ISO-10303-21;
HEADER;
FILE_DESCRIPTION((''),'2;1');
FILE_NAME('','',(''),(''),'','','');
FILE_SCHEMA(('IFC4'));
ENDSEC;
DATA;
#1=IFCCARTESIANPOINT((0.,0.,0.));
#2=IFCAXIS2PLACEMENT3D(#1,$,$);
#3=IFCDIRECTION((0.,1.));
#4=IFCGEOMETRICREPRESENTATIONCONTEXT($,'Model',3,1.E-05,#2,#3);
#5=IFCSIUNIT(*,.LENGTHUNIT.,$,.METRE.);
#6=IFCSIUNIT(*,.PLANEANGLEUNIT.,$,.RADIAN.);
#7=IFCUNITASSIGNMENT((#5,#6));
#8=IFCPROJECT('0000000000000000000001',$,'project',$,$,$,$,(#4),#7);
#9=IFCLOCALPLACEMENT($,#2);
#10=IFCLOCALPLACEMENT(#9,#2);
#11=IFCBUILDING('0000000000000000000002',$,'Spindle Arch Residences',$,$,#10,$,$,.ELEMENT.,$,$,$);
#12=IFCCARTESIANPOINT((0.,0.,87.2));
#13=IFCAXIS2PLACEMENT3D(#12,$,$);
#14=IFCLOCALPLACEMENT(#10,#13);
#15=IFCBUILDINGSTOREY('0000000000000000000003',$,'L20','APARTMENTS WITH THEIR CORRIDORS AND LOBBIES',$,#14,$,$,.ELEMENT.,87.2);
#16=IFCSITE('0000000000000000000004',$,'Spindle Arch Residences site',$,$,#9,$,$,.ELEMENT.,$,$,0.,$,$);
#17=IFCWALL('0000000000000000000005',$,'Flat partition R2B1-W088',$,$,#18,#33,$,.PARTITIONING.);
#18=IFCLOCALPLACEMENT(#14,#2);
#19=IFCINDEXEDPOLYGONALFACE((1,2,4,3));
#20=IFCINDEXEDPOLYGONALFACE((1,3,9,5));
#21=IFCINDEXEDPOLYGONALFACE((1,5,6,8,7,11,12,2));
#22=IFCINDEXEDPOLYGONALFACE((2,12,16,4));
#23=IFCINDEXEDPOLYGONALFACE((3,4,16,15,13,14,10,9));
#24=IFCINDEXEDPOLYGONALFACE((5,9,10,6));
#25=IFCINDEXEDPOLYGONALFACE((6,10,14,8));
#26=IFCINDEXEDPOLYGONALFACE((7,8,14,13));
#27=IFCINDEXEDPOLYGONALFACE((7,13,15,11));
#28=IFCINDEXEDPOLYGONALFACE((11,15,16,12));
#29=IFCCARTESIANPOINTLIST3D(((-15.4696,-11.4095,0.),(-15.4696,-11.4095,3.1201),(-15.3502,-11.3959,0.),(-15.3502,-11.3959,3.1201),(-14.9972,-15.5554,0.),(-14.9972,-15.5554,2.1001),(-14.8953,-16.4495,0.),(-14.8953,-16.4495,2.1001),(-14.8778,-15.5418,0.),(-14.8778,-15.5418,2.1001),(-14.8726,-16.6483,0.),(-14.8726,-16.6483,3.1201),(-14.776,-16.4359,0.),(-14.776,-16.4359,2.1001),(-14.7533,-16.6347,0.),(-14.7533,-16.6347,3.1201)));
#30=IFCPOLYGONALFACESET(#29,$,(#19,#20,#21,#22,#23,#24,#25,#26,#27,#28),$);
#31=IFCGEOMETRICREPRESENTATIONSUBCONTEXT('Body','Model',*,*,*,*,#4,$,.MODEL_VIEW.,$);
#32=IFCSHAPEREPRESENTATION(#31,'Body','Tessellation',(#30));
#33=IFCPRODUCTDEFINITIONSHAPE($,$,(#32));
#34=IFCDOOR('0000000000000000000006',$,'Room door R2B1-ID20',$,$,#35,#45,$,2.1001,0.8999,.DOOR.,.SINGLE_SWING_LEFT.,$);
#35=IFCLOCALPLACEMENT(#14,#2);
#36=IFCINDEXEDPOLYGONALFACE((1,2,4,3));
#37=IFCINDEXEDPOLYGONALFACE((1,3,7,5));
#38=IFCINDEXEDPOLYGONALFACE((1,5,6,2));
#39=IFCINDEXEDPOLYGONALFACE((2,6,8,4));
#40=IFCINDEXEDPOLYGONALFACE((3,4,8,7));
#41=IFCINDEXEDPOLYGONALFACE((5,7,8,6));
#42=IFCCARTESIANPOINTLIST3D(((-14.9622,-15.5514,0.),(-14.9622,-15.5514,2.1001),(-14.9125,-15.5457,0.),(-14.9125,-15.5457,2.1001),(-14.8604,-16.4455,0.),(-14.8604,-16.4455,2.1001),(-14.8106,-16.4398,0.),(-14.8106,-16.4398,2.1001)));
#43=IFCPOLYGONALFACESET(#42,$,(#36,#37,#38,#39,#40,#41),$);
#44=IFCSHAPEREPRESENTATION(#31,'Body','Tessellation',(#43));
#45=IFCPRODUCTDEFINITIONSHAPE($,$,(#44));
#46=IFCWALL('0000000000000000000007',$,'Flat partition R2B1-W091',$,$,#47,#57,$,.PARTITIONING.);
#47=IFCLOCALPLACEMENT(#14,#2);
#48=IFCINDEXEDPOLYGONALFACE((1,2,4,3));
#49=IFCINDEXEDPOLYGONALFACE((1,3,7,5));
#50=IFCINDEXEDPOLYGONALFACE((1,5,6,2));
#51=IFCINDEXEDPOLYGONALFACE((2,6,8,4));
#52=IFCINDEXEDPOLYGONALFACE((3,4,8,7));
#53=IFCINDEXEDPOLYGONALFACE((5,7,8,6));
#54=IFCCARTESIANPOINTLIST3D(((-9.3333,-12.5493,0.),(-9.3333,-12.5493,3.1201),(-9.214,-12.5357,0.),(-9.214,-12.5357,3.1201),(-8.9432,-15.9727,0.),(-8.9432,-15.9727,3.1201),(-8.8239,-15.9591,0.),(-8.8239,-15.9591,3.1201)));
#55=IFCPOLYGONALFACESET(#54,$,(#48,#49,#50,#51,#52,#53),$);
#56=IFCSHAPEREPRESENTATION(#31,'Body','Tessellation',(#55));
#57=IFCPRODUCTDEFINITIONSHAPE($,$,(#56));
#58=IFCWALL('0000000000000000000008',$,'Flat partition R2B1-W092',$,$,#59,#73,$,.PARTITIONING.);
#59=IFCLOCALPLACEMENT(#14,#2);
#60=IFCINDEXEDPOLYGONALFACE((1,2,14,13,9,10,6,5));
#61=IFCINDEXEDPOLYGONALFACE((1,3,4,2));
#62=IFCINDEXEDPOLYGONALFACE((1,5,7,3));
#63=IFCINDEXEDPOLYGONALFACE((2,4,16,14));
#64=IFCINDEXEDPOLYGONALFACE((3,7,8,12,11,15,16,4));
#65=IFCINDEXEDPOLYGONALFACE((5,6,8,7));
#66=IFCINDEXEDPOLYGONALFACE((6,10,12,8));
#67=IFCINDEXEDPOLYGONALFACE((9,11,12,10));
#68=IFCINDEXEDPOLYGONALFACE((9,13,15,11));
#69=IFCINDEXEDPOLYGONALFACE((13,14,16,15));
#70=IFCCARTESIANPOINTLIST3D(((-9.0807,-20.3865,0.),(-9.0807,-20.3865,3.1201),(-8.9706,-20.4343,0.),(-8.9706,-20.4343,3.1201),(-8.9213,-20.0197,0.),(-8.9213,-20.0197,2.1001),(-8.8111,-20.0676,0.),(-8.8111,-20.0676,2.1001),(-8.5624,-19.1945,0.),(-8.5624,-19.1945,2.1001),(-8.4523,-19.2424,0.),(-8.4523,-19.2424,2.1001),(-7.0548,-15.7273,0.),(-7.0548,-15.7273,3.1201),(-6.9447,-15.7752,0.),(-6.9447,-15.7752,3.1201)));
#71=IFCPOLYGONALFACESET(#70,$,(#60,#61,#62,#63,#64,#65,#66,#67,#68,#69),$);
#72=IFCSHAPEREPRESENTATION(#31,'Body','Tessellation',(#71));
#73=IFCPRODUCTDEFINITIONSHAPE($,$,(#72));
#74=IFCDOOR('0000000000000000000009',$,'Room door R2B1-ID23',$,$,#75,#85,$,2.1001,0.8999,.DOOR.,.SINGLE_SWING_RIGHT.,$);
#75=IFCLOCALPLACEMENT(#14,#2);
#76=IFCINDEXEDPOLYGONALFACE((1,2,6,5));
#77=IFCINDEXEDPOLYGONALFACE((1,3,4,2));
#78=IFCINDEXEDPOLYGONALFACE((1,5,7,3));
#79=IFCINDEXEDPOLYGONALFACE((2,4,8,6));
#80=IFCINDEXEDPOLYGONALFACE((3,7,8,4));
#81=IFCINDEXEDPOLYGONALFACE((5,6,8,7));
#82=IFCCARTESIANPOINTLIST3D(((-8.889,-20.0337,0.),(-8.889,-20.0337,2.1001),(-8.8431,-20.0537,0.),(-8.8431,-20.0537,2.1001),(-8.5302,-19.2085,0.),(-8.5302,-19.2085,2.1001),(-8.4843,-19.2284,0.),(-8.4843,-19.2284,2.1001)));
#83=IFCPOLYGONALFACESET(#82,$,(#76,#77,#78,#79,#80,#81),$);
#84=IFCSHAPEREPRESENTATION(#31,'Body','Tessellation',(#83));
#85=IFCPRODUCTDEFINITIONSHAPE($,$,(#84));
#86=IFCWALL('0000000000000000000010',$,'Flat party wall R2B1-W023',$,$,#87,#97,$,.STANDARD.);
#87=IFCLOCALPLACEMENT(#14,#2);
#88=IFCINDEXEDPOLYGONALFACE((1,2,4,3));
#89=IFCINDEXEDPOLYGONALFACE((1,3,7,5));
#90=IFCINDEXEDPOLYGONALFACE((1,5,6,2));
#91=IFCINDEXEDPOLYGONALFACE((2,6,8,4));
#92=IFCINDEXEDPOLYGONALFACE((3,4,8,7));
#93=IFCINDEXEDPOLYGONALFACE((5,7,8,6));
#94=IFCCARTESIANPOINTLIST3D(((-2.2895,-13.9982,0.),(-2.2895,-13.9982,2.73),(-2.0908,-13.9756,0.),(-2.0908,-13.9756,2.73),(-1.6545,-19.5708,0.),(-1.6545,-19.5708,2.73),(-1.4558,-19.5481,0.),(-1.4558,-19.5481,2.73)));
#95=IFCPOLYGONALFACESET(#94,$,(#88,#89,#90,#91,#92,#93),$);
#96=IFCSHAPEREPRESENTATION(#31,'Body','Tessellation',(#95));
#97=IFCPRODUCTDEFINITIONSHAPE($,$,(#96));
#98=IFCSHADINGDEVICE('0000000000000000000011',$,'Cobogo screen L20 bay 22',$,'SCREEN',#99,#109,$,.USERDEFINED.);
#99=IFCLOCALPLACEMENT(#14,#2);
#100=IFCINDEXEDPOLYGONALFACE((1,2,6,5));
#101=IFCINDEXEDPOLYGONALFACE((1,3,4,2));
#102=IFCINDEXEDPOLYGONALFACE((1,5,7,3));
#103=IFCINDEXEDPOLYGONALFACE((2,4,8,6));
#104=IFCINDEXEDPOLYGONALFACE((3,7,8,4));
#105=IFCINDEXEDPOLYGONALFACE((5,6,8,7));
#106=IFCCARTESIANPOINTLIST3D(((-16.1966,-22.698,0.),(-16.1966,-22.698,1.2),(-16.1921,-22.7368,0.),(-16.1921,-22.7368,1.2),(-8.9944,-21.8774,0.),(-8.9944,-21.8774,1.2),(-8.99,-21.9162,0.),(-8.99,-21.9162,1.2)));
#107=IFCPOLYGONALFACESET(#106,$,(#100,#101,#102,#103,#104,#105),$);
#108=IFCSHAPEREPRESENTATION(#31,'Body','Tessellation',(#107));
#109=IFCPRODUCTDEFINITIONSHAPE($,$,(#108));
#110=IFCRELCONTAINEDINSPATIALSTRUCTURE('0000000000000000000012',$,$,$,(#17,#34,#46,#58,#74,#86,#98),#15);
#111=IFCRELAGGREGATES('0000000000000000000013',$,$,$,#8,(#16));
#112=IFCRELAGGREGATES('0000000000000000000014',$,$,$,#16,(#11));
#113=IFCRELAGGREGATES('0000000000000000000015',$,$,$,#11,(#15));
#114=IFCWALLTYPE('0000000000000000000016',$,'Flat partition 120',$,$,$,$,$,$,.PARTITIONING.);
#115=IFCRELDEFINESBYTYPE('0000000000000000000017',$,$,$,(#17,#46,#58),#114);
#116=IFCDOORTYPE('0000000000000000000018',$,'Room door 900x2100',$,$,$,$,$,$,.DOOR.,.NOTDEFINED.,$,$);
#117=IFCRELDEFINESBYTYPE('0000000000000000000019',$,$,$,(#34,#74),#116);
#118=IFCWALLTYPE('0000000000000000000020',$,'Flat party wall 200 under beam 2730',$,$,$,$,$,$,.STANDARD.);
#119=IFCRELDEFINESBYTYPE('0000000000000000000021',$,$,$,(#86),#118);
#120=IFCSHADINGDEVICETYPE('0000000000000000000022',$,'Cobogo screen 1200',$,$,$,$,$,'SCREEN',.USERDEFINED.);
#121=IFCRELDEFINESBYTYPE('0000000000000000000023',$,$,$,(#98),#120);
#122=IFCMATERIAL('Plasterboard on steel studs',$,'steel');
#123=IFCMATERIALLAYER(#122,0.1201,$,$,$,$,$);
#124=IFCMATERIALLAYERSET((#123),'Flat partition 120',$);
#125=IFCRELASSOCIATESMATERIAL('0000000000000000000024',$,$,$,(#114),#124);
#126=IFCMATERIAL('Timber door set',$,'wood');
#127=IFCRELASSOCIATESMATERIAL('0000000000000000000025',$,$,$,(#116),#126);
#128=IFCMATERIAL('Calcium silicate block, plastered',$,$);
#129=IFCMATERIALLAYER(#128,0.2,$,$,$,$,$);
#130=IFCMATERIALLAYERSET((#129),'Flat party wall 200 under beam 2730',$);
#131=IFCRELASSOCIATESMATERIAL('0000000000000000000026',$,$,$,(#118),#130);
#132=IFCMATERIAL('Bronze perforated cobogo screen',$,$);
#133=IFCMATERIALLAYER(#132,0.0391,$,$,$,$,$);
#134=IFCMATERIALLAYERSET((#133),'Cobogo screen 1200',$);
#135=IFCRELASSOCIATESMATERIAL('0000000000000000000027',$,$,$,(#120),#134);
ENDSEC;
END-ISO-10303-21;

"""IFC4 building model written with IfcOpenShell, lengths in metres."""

from ifc_helpers import new_model, si_unit, direction, frame, frame_2d, origin, origin_2d, place, context, subcontext, project, spatial, rectangle, extrude, material, layer, layer_set, type_object, element, fill, save


model = new_model("IFC4")

# Units and contexts
model_context = context("Model", 3, precision=1e-05, world=origin(), true_north=direction((0.0, 1.0)))
body_context = subcontext(model_context, "Body", "Model", "MODEL_VIEW")
ifc_project = project(units=[si_unit("LENGTHUNIT", "METRE"), si_unit("PLANEANGLEUNIT", "RADIAN")], contexts=[model_context])

# Site, building, storey
site_placement = place(None, origin())
site = spatial("IfcSite", under=ifc_project, at=site_placement, Name="Spindle Arch Residences site", CompositionType="ELEMENT", RefElevation=0.0)
building_placement = place(site_placement, origin())
building = spatial("IfcBuilding", under=site, at=building_placement, Name="Spindle Arch Residences", CompositionType="ELEMENT")
storey_placement = place(building_placement, frame((0.0, 0.0, 87.2)))
storey = spatial("IfcBuildingStorey", under=building, at=storey_placement, Name="L20", Description="APARTMENTS WITH THEIR CORRIDORS AND LOBBIES", CompositionType="ELEMENT", Elevation=87.2)

# Wall, opening, door
ifc_material_1 = material(Name="Plasterboard on steel studs", Category="steel")
ifc_layer_1 = layer(ifc_material_1, 0.1201)
ifc_layer_set_1 = layer_set([ifc_layer_1], Name="Flat partition 120")
wall_type_1 = type_object("IfcWallType", Name="Flat partition 120", PredefinedType="PARTITIONING", material=ifc_layer_set_1)
wall_1_placement = place(storey_placement, frame((-14.813, -16.6414, 0.0), z_axis=(0.0, 0.0, 1.0), x_axis=(-0.113211, 0.993571, 0.0)))
wall_1 = element("IfcWall", 1, at=wall_1_placement, inside=storey, type_object=wall_type_1, Name="Flat partition R2B1-W088", PredefinedType="PARTITIONING", context=body_context, shape_type="SweptSolid", body=[
    extrude(rectangle(XDim=5.2727, YDim=0.1201, at=frame_2d((2.6362, 0.0))), origin(), (0.0, 0.0, 1.0), 3.1201),
])
opening_1_placement = place(wall_1_placement, frame((0.2, 0.0, 0.0)))
opening_1 = element("IfcOpeningElement", 2, at=opening_1_placement, cuts=wall_1, PredefinedType="OPENING", context=body_context, shape_type="SweptSolid", body=[
    extrude(rectangle(XDim=0.8999, YDim=2.1001, at=frame_2d((0.45, 1.05))), frame((0.0, 0.0701, 0.0), z_axis=(0.0, -1.0, 0.0), x_axis=(1.0, 0.0, 0.0)), (0.0, 0.0, 1.0), 0.1401),
])
ifc_material_2 = material(Name="Timber door set", Category="wood")
door_type_1 = type_object("IfcDoorType", Name="Room door 900x2100", OperationType="NOTDEFINED", PredefinedType="DOOR", material=ifc_material_2)
door_1_placement = place(opening_1_placement, origin())
door_1 = element("IfcDoor", 3, at=door_1_placement, inside=storey, type_object=door_type_1, Name="Room door R2B1-ID20", OperationType="SINGLE_SWING_LEFT", OverallHeight=2.1001, OverallWidth=0.8999, PredefinedType="DOOR", context=body_context, shape_type="SweptSolid", body=[
    extrude(rectangle(XDim=0.8999, YDim=2.1001, at=frame_2d((0.45, 1.05))), frame((0.0, 0.0249, 0.0), z_axis=(0.0, -1.0, 0.0), x_axis=(1.0, 0.0, 0.0)), (0.0, 0.0, 1.0), 0.05),
])
fill(opening_1, door_1)

# Wall
wall_2_placement = place(storey_placement, frame((-8.8835, -15.9658, 0.0), z_axis=(0.0, 0.0, 1.0), x_axis=(-0.113231, 0.993569, 0.0)))
element("IfcWall", 4, at=wall_2_placement, inside=storey, type_object=wall_type_1, Name="Flat partition R2B1-W091", PredefinedType="PARTITIONING", context=body_context, shape_type="SweptSolid", body=[
    extrude(rectangle(XDim=3.4456, YDim=0.1201, at=frame_2d((1.7227, 0.0))), origin(), (0.0, 0.0, 1.0), 3.1201),
])

# Wall, opening, door
wall_3_placement = place(storey_placement, frame((-9.0256, -20.4104, 0.0), z_axis=(0.0, 0.0, 1.0), x_axis=(0.398751, 0.917059, 0.0)))
wall_3 = element("IfcWall", 5, at=wall_3_placement, inside=storey, type_object=wall_type_1, Name="Flat partition R2B1-W092", PredefinedType="PARTITIONING", context=body_context, shape_type="SweptSolid", body=[
    extrude(rectangle(XDim=5.0806, YDim=0.1201, at=frame_2d((2.5403, 0.0))), origin(), (0.0, 0.0, 1.0), 3.1201),
])
opening_2_placement = place(wall_3_placement, frame((0.3999, 0.0, 0.0)))
opening_2 = element("IfcOpeningElement", 6, at=opening_2_placement, cuts=wall_3, PredefinedType="OPENING", context=body_context, shape_type="SweptSolid", body=[
    extrude(rectangle(XDim=0.8999, YDim=2.1001, at=frame_2d((0.45, 1.05))), frame((0.0, 0.0701, 0.0), z_axis=(0.0, -1.0, 0.0), x_axis=(1.0, 0.0, 0.0)), (0.0, 0.0, 1.0), 0.1401),
])
door_2_placement = place(opening_2_placement, origin())
door_2 = element("IfcDoor", 7, at=door_2_placement, inside=storey, type_object=door_type_1, Name="Room door R2B1-ID23", OperationType="SINGLE_SWING_RIGHT", OverallHeight=2.1001, OverallWidth=0.8999, PredefinedType="DOOR", context=body_context, shape_type="SweptSolid", body=[
    extrude(rectangle(XDim=0.8999, YDim=2.1001, at=frame_2d((0.45, 1.05))), frame((0.0, 0.0249, 0.0), z_axis=(0.0, -1.0, 0.0), x_axis=(1.0, 0.0, 0.0)), (0.0, 0.0, 1.0), 0.05),
])
fill(opening_2, door_2)

# Wall
ifc_material_3 = material(Name="Calcium silicate block, plastered")
ifc_layer_2 = layer(ifc_material_3, 0.2)
ifc_layer_set_2 = layer_set([ifc_layer_2], Name="Flat party wall 200 under beam 2730")
wall_type_2 = type_object("IfcWallType", Name="Flat party wall 200 under beam 2730", PredefinedType="STANDARD", material=ifc_layer_set_2)
wall_4_placement = place(storey_placement, frame((-1.5552, -19.5593, 0.0), z_axis=(0.0, 0.0, 1.0), x_axis=(-0.113221, 0.99357, 0.0)))
element("IfcWall", 8, at=wall_4_placement, inside=storey, type_object=wall_type_2, Name="Flat party wall R2B1-W023", PredefinedType="STANDARD", context=body_context, shape_type="SweptSolid", body=[
    extrude(rectangle(XDim=5.6086, YDim=0.2, at=frame_2d((2.8042, 0.0))), origin(), (0.0, 0.0, 1.0), 2.73),
])

# Shading device
ifc_material_4 = material(Name="Bronze perforated cobogo screen")
ifc_layer_3 = layer(ifc_material_4, 0.0391)
ifc_layer_set_3 = layer_set([ifc_layer_3], Name="Cobogo screen 1200")
shading_device_type = type_object("IfcShadingDeviceType", Name="Cobogo screen 1200", ElementType="SCREEN", PredefinedType="USERDEFINED", material=ifc_layer_set_3)
shading_device_placement = place(storey_placement, frame((-12.5933, -22.3071, 0.0), z_axis=(0.0, 0.0, 1.0), x_axis=(0.993572, 0.113203, 0.0)))
element("IfcShadingDevice", 9, at=shading_device_placement, inside=storey, type_object=shading_device_type, Name="Cobogo screen L20 bay 22", ObjectType="SCREEN", PredefinedType="USERDEFINED", context=body_context, shape_type="SweptSolid", body=[
    extrude(rectangle(XDim=7.2488, YDim=0.0391, at=origin_2d()), origin(), (0.0, 0.0, 1.0), 1.2),
])

save(model, "model.ifc")
